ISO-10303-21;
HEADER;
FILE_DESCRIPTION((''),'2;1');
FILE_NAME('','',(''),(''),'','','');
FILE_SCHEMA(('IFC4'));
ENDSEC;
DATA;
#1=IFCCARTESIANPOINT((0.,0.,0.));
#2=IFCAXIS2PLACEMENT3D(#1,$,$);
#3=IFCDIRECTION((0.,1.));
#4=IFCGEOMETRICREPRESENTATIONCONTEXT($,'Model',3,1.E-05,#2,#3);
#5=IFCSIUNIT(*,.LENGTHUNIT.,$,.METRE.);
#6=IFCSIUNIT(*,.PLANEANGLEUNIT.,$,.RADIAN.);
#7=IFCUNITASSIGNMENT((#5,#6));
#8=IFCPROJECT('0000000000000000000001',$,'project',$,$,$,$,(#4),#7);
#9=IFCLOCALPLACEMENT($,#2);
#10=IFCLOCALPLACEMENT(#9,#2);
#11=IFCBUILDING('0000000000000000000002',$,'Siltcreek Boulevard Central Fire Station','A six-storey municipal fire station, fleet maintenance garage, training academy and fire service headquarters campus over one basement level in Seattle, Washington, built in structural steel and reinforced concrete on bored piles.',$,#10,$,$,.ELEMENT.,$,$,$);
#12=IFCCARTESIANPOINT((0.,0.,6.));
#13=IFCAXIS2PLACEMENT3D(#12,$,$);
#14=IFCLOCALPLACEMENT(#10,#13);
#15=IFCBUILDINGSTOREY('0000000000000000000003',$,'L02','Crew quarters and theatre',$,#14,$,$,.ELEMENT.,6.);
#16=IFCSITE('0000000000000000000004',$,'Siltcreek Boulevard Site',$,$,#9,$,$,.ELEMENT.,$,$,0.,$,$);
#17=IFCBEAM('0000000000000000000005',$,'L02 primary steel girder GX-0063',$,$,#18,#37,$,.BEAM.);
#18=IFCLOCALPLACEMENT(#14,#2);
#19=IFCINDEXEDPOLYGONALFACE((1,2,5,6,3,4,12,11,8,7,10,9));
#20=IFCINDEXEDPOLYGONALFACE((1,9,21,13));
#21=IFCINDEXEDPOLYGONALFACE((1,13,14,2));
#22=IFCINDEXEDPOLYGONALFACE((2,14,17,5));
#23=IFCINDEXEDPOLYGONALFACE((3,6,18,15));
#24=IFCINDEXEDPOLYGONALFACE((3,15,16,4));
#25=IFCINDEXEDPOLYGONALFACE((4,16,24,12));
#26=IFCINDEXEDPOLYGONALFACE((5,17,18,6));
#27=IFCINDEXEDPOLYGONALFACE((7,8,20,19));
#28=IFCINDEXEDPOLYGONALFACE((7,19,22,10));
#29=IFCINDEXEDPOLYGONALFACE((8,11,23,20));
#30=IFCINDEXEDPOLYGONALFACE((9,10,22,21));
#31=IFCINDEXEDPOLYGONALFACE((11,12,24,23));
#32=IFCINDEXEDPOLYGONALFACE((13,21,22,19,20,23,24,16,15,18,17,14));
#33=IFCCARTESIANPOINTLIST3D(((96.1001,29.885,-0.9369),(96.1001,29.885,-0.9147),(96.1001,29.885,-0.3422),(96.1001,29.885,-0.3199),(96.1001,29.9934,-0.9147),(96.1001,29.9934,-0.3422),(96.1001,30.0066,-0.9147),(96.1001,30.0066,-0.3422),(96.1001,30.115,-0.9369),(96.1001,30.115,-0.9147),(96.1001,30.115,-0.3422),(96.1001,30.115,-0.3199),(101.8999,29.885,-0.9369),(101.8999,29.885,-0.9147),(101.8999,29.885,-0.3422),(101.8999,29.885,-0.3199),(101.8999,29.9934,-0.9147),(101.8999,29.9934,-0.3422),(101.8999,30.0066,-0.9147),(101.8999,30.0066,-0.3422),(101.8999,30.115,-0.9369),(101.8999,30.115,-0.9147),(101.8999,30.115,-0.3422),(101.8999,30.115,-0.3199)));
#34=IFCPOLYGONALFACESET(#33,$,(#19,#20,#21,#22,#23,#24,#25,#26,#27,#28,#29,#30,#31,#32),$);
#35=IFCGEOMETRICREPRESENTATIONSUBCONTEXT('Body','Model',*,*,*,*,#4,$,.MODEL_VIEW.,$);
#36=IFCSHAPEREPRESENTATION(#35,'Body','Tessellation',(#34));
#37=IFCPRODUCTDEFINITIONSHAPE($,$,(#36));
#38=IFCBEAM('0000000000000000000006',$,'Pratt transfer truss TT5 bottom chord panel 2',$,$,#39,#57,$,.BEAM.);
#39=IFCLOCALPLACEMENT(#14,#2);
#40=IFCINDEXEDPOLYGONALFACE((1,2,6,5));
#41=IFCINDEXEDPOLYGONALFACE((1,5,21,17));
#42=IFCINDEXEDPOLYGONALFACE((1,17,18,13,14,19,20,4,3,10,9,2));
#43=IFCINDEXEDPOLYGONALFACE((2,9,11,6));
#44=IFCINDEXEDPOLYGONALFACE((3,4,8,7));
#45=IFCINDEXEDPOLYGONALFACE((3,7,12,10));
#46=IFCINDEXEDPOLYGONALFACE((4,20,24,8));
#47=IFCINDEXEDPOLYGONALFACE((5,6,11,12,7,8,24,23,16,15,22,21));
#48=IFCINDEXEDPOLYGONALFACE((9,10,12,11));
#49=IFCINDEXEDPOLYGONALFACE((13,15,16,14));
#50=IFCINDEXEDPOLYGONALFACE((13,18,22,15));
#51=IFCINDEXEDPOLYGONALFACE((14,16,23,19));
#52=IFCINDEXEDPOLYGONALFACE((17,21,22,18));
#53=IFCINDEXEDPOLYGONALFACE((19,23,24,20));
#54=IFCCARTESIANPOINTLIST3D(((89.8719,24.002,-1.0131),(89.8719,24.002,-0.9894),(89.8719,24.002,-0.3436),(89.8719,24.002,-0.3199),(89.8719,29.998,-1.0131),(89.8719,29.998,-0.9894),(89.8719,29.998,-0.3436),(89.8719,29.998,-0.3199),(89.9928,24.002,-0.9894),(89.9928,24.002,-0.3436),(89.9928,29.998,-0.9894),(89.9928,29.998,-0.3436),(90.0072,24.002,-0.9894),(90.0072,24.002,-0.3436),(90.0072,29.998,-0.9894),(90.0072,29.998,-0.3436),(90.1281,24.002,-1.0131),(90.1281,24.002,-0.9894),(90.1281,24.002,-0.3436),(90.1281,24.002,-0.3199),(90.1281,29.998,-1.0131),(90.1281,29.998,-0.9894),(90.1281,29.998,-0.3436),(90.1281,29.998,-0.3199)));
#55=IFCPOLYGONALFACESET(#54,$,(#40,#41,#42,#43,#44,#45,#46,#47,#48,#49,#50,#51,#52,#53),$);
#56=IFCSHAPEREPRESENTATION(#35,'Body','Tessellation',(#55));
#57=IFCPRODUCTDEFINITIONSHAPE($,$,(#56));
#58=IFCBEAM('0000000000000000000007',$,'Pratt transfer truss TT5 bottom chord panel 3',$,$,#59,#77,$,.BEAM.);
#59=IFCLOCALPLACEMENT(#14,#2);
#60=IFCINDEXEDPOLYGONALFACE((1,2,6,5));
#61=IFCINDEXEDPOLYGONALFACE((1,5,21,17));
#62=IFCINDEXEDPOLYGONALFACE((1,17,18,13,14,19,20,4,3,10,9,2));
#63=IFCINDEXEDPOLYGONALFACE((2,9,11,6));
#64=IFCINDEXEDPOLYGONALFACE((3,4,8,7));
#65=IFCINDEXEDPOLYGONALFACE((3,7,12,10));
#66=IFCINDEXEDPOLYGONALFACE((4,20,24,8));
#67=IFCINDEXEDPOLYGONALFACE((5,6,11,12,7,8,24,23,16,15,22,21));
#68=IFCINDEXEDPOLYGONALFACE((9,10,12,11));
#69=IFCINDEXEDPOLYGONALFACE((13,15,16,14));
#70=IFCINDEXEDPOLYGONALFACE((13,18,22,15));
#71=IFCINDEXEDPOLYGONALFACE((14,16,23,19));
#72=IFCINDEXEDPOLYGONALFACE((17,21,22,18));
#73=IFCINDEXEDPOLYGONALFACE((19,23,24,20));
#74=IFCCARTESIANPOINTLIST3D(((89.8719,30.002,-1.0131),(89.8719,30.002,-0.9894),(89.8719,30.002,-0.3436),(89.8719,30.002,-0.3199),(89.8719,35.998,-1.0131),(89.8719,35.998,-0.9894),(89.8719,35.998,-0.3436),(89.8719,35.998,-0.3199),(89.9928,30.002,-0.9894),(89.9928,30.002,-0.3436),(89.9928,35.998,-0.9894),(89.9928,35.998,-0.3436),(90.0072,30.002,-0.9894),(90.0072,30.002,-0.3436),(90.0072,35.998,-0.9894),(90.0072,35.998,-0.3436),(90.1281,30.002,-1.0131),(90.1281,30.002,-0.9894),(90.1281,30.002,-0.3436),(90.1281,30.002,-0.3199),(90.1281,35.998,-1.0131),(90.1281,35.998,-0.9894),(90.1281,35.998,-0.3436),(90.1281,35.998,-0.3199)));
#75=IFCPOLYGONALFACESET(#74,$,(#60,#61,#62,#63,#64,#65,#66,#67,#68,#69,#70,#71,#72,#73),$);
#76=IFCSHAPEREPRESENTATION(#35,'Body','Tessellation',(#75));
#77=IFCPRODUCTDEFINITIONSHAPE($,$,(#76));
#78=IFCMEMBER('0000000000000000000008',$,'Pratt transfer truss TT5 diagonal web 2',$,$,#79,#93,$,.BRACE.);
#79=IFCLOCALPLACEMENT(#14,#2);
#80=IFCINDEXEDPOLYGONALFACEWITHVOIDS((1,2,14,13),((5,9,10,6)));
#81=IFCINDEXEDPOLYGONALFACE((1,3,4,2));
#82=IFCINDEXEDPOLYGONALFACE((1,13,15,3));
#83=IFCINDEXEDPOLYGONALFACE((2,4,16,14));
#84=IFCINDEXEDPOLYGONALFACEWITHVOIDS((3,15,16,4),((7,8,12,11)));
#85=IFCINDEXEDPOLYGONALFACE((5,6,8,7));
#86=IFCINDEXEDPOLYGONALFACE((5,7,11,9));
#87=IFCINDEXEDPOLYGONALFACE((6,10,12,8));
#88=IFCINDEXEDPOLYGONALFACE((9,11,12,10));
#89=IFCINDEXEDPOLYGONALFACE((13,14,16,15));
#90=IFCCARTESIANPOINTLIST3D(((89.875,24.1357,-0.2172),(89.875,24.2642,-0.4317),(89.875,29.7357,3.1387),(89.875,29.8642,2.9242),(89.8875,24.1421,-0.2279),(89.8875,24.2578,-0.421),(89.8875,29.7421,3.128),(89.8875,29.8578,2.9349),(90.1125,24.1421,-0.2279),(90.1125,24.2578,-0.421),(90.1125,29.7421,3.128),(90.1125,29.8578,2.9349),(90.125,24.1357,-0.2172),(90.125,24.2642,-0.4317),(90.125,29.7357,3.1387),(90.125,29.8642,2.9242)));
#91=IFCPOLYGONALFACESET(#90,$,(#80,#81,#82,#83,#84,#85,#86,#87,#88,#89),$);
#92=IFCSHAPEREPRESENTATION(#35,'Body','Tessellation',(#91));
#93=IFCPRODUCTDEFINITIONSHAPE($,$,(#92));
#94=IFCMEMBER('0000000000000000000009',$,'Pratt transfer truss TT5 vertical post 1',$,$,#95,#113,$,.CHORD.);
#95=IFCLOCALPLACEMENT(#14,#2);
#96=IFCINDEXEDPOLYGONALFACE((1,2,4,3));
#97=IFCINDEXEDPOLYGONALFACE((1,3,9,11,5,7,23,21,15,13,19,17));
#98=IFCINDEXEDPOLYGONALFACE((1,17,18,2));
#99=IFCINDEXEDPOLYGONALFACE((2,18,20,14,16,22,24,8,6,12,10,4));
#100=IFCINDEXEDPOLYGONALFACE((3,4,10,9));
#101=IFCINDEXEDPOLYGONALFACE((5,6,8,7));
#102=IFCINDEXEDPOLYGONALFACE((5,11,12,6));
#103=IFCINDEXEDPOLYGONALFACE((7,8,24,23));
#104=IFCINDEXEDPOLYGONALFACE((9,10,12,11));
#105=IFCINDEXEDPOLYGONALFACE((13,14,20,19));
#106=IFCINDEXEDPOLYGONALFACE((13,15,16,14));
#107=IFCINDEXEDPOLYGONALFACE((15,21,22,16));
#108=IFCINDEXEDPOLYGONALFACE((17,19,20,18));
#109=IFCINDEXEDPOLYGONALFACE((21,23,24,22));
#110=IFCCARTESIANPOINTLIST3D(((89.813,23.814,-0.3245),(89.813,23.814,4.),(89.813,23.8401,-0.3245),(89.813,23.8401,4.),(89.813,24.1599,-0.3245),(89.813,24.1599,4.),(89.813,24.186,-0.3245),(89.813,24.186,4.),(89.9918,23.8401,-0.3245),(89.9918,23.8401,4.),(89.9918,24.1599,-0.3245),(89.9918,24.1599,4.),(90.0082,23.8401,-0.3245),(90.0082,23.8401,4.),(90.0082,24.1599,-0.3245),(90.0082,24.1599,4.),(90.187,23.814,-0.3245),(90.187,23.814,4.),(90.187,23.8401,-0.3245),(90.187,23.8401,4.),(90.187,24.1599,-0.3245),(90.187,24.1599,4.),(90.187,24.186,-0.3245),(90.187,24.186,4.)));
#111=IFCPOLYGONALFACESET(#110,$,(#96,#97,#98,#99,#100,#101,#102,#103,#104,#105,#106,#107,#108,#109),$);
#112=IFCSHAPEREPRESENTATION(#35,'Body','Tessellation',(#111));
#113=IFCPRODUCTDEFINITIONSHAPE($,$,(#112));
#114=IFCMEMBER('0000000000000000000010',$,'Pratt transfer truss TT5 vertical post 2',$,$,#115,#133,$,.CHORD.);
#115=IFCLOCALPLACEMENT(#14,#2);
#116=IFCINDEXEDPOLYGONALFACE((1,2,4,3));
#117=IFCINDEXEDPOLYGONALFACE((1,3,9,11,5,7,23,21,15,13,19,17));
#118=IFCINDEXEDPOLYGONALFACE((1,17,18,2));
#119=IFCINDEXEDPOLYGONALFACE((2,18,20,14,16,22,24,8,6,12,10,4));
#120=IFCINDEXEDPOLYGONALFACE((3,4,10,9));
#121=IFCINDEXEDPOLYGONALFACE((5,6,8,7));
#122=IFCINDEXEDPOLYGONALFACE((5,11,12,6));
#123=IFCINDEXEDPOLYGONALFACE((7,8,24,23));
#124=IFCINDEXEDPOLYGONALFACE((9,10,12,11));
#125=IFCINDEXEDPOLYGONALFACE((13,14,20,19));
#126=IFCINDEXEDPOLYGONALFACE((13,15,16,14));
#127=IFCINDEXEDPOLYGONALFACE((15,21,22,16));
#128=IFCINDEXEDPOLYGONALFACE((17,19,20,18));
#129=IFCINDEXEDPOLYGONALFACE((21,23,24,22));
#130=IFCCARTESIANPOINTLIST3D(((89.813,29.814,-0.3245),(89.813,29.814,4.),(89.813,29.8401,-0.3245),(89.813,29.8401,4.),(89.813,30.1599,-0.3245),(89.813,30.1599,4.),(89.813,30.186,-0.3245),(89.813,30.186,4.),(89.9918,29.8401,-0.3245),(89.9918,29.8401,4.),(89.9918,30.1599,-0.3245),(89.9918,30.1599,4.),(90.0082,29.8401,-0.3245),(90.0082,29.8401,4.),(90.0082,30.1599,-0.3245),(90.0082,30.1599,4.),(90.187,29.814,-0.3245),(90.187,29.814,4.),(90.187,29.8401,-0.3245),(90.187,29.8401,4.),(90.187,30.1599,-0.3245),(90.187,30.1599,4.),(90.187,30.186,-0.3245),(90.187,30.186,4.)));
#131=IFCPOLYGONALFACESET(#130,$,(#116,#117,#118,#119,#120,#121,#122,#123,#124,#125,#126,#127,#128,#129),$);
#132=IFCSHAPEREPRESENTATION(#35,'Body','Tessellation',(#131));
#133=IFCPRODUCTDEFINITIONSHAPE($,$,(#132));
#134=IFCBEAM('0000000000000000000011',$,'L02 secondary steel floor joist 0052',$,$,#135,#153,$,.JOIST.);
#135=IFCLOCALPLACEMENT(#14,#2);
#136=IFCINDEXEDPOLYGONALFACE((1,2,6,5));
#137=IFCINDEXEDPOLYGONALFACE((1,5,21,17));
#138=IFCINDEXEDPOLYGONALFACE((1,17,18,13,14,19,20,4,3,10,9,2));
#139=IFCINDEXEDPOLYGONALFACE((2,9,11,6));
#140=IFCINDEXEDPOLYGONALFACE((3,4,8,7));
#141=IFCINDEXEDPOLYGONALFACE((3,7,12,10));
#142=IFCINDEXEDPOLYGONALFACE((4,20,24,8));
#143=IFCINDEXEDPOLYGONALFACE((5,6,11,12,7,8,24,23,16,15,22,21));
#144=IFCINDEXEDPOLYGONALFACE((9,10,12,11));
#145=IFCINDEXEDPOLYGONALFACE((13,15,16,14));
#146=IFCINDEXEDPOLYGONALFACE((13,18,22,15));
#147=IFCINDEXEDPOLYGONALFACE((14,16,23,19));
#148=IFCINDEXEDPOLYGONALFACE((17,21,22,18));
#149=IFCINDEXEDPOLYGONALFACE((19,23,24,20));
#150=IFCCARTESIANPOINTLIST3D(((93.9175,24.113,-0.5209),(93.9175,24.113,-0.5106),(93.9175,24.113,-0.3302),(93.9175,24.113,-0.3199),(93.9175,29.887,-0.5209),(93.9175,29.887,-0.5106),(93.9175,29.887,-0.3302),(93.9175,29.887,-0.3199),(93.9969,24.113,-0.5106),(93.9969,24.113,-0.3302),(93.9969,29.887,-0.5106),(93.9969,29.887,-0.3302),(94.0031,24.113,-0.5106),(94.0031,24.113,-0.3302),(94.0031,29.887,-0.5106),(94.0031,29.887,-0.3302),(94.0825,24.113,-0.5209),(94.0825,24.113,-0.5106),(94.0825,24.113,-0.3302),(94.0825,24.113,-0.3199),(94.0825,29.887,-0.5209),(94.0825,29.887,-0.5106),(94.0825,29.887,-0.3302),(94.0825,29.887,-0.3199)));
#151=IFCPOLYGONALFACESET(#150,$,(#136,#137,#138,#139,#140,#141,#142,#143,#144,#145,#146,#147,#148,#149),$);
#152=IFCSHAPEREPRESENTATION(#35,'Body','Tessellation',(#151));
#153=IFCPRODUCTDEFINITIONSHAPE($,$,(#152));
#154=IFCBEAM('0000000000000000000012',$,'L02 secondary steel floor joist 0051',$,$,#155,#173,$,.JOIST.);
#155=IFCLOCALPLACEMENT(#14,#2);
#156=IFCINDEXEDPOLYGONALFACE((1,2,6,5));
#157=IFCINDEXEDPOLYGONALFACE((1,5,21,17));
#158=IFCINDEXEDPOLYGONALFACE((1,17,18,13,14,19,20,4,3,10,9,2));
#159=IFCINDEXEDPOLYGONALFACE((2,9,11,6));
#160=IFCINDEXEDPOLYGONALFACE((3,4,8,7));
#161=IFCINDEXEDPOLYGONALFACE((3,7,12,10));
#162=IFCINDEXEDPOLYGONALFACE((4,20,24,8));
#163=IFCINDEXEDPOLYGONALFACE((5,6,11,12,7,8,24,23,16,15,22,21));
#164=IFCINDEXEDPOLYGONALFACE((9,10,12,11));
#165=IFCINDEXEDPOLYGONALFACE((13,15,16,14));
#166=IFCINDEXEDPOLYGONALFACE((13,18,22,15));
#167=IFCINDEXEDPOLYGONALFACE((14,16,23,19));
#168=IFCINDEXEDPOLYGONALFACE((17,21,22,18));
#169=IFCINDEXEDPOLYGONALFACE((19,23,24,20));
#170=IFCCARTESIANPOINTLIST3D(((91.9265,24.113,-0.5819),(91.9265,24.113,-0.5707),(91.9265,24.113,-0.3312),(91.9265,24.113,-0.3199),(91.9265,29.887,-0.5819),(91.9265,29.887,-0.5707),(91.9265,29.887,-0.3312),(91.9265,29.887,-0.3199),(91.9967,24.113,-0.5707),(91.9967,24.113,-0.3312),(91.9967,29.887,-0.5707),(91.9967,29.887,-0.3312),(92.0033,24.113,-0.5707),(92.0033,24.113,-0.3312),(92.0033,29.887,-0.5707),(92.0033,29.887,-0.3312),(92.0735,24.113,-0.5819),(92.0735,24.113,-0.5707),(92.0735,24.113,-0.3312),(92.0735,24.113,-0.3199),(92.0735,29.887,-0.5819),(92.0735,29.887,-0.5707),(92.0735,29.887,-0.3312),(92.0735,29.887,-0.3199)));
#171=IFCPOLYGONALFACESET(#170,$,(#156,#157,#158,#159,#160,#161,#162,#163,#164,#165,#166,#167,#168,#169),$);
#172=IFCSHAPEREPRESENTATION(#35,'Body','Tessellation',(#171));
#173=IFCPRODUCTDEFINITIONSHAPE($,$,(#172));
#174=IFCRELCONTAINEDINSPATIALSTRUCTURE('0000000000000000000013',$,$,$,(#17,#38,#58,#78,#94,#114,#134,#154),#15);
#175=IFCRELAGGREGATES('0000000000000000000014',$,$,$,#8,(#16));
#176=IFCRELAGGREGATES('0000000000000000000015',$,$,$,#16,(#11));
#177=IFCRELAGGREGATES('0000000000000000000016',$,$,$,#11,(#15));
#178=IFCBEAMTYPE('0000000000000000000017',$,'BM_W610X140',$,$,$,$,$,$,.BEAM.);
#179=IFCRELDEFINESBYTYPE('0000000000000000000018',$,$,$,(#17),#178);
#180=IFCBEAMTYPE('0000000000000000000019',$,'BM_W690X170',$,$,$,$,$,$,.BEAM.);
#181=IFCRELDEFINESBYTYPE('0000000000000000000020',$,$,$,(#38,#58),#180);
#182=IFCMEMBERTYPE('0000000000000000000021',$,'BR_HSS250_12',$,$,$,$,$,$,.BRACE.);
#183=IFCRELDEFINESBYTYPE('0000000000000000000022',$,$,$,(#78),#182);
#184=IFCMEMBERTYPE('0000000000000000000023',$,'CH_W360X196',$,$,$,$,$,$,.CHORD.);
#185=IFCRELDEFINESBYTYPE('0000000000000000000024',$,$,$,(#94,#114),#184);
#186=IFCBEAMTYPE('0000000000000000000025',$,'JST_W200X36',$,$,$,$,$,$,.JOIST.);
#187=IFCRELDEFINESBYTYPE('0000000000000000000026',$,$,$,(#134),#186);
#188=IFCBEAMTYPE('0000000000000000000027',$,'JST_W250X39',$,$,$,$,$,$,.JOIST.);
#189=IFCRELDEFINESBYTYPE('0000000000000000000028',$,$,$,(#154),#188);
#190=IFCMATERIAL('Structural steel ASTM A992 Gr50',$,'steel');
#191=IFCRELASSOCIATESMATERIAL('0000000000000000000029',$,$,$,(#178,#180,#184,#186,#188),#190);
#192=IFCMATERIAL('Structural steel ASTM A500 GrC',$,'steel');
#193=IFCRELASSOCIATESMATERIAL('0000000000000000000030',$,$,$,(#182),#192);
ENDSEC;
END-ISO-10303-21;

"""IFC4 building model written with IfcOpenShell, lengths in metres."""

from ifc_helpers import new_model, si_unit, direction, frame, origin, origin_2d, place, context, subcontext, project, spatial, hollow_rectangle, i_section, extrude, material, material_profile, profile_set, type_object, element, save


model = new_model("IFC4")

# Units and contexts
model_context = context("Model", 3, precision=1e-05, world=origin(), true_north=direction((0.0, 1.0)))
body_context = subcontext(model_context, "Body", "Model", "MODEL_VIEW")
ifc_project = project(units=[si_unit("LENGTHUNIT", "METRE"), si_unit("PLANEANGLEUNIT", "RADIAN")], contexts=[model_context])

# Site, building, storey
site_placement = place(None, origin())
site = spatial("IfcSite", under=ifc_project, at=site_placement, Name="Siltcreek Boulevard Site", CompositionType="ELEMENT", RefElevation=0.0)
building_placement = place(site_placement, origin())
building = spatial("IfcBuilding", under=site, at=building_placement, Name="Siltcreek Boulevard Central Fire Station", Description="A six-storey municipal fire station, fleet maintenance garage, training academy and fire service headquarters campus over one basement level in Seattle, Washington, built in structural steel and reinforced concrete on bored piles.", CompositionType="ELEMENT")
storey_placement = place(building_placement, frame((0.0, 0.0, 6.0)))
storey = spatial("IfcBuildingStorey", under=building, at=storey_placement, Name="L02", Description="Crew quarters and theatre", CompositionType="ELEMENT", Elevation=6.0)

# Shared definitions
ifc_material_1 = material(Name="Structural steel ASTM A992 Gr50", Category="steel")

# Beams
ifc_material_profile_1 = material_profile(ifc_material_1, i_section(OverallWidth=0.23, OverallDepth=0.6169, WebThickness=0.0132, FlangeThickness=0.0222, at=origin_2d()), Name="W610X140")
ifc_profile_set_1 = profile_set([ifc_material_profile_1], Name="Structural steel ASTM A992 Gr50")
beam_type_1 = type_object("IfcBeamType", Name="BM_W610X140", PredefinedType="BEAM", material=ifc_profile_set_1)
for number, where, z_axis, x_axis, name in (
    (1, (96.1001, 30.0, -0.6284), (1.0, 0.0, 0.0), (0.0, 1.0, 0.0), "L02 primary steel girder GX-0063"),
):
    element("IfcBeam", number, at=place(storey_placement, frame(where, z_axis=z_axis, x_axis=x_axis)), inside=storey, type_object=beam_type_1, Name=name, PredefinedType="BEAM", context=body_context, shape_type="SweptSolid", body=[
        extrude(i_section(OverallWidth=0.23, OverallDepth=0.6169, WebThickness=0.0132, FlangeThickness=0.0222, at=origin_2d()), origin(), (0.0, 0.0, 1.0), 5.7998),
    ])
ifc_material_profile_2 = material_profile(ifc_material_1, i_section(OverallWidth=0.2561, OverallDepth=0.6931, WebThickness=0.0144, FlangeThickness=0.0237, at=origin_2d()), Name="W690X170")
ifc_profile_set_2 = profile_set([ifc_material_profile_2], Name="Structural steel ASTM A992 Gr50")
beam_type_2 = type_object("IfcBeamType", Name="BM_W690X170", PredefinedType="BEAM", material=ifc_profile_set_2)
for number, where, z_axis, x_axis, name in (
    (2, (90.0, 24.002, -0.6665), (0.0, 1.0, 0.0), (-1.0, 0.0, 0.0), "Pratt transfer truss TT5 bottom chord panel 2"),
    (3, (90.0, 30.002, -0.6665), (0.0, 1.0, 0.0), (-1.0, 0.0, 0.0), "Pratt transfer truss TT5 bottom chord panel 3"),
):
    element("IfcBeam", number, at=place(storey_placement, frame(where, z_axis=z_axis, x_axis=x_axis)), inside=storey, type_object=beam_type_2, Name=name, PredefinedType="BEAM", context=body_context, shape_type="SweptSolid", body=[
        extrude(i_section(OverallWidth=0.2561, OverallDepth=0.6931, WebThickness=0.0144, FlangeThickness=0.0237, at=origin_2d()), origin(), (0.0, 0.0, 1.0), 5.9961),
    ])

# Members
ifc_material_2 = material(Name="Structural steel ASTM A500 GrC", Category="steel")
ifc_material_profile_3 = material_profile(ifc_material_2, hollow_rectangle(XDim=0.25, YDim=0.25, WallThickness=0.0125, at=origin_2d()), Name="HSS250X250X12.5")
ifc_profile_set_3 = profile_set([ifc_material_profile_3], Name="Structural steel ASTM A500 GrC")
member_type_1 = type_object("IfcMemberType", Name="BR_HSS250_12", PredefinedType="BRACE", material=ifc_profile_set_3)
member_placement = place(storey_placement, frame((90.0, 24.2, -0.3245), z_axis=(0.0, 0.85777, 0.514034), x_axis=(-1.0, 0.0, 0.0)))
element("IfcMember", 4, at=member_placement, inside=storey, type_object=member_type_1, Name="Pratt transfer truss TT5 diagonal web 2", PredefinedType="BRACE", context=body_context, shape_type="SweptSolid", body=[
    extrude(hollow_rectangle(XDim=0.25, YDim=0.25, WallThickness=0.0125, at=origin_2d()), origin(), (0.0, 0.0, 1.0), 6.5286),
])
ifc_material_profile_4 = material_profile(ifc_material_1, i_section(OverallWidth=0.374, OverallDepth=0.3721, WebThickness=0.0164, FlangeThickness=0.0261, at=origin_2d()), Name="W360X196")
ifc_profile_set_4 = profile_set([ifc_material_profile_4], Name="Structural steel ASTM A992 Gr50")
member_type_2 = type_object("IfcMemberType", Name="CH_W360X196", PredefinedType="CHORD", material=ifc_profile_set_4)
for number, where, z_axis, x_axis, name in (
    (5, (90.0, 24.0, -0.3245), (0.0, 0.0, 1.0), (1.0, 0.0, 0.0), "Pratt transfer truss TT5 vertical post 1"),
    (6, (90.0, 30.0, -0.3245), (0.0, 0.0, 1.0), (1.0, 0.0, 0.0), "Pratt transfer truss TT5 vertical post 2"),
):
    element("IfcMember", number, at=place(storey_placement, frame(where, z_axis=z_axis, x_axis=x_axis)), inside=storey, type_object=member_type_2, Name=name, PredefinedType="CHORD", context=body_context, shape_type="SweptSolid", body=[
        extrude(i_section(OverallWidth=0.374, OverallDepth=0.3721, WebThickness=0.0164, FlangeThickness=0.0261, at=origin_2d()), origin(), (0.0, 0.0, 1.0), 4.3245),
    ])

# Beams
ifc_material_profile_5 = material_profile(ifc_material_1, i_section(OverallWidth=0.165, OverallDepth=0.2009, WebThickness=0.0061, FlangeThickness=0.0103, at=origin_2d()), Name="W200X36")
ifc_profile_set_5 = profile_set([ifc_material_profile_5], Name="Structural steel ASTM A992 Gr50")
beam_type_3 = type_object("IfcBeamType", Name="JST_W200X36", PredefinedType="JOIST", material=ifc_profile_set_5)
beam_1_placement = place(storey_placement, frame((94.0, 24.113, -0.4204), z_axis=(0.0, 1.0, 0.0), x_axis=(-1.0, 0.0, 0.0)))
element("IfcBeam", 7, at=beam_1_placement, inside=storey, type_object=beam_type_3, Name="L02 secondary steel floor joist 0052", PredefinedType="JOIST", context=body_context, shape_type="SweptSolid", body=[
    extrude(i_section(OverallWidth=0.165, OverallDepth=0.2009, WebThickness=0.0061, FlangeThickness=0.0103, at=origin_2d()), origin(), (0.0, 0.0, 1.0), 5.7739),
])
ifc_material_profile_6 = material_profile(ifc_material_1, i_section(OverallWidth=0.147, OverallDepth=0.262, WebThickness=0.0066, FlangeThickness=0.0112, at=origin_2d()), Name="W250X39")
ifc_profile_set_6 = profile_set([ifc_material_profile_6], Name="Structural steel ASTM A992 Gr50")
beam_type_4 = type_object("IfcBeamType", Name="JST_W250X39", PredefinedType="JOIST", material=ifc_profile_set_6)
beam_2_placement = place(storey_placement, frame((92.0, 24.113, -0.4509), z_axis=(0.0, 1.0, 0.0), x_axis=(-1.0, 0.0, 0.0)))
element("IfcBeam", 8, at=beam_2_placement, inside=storey, type_object=beam_type_4, Name="L02 secondary steel floor joist 0051", PredefinedType="JOIST", context=body_context, shape_type="SweptSolid", body=[
    extrude(i_section(OverallWidth=0.147, OverallDepth=0.262, WebThickness=0.0066, FlangeThickness=0.0112, at=origin_2d()), origin(), (0.0, 0.0, 1.0), 5.7739),
])

save(model, "model.ifc")
